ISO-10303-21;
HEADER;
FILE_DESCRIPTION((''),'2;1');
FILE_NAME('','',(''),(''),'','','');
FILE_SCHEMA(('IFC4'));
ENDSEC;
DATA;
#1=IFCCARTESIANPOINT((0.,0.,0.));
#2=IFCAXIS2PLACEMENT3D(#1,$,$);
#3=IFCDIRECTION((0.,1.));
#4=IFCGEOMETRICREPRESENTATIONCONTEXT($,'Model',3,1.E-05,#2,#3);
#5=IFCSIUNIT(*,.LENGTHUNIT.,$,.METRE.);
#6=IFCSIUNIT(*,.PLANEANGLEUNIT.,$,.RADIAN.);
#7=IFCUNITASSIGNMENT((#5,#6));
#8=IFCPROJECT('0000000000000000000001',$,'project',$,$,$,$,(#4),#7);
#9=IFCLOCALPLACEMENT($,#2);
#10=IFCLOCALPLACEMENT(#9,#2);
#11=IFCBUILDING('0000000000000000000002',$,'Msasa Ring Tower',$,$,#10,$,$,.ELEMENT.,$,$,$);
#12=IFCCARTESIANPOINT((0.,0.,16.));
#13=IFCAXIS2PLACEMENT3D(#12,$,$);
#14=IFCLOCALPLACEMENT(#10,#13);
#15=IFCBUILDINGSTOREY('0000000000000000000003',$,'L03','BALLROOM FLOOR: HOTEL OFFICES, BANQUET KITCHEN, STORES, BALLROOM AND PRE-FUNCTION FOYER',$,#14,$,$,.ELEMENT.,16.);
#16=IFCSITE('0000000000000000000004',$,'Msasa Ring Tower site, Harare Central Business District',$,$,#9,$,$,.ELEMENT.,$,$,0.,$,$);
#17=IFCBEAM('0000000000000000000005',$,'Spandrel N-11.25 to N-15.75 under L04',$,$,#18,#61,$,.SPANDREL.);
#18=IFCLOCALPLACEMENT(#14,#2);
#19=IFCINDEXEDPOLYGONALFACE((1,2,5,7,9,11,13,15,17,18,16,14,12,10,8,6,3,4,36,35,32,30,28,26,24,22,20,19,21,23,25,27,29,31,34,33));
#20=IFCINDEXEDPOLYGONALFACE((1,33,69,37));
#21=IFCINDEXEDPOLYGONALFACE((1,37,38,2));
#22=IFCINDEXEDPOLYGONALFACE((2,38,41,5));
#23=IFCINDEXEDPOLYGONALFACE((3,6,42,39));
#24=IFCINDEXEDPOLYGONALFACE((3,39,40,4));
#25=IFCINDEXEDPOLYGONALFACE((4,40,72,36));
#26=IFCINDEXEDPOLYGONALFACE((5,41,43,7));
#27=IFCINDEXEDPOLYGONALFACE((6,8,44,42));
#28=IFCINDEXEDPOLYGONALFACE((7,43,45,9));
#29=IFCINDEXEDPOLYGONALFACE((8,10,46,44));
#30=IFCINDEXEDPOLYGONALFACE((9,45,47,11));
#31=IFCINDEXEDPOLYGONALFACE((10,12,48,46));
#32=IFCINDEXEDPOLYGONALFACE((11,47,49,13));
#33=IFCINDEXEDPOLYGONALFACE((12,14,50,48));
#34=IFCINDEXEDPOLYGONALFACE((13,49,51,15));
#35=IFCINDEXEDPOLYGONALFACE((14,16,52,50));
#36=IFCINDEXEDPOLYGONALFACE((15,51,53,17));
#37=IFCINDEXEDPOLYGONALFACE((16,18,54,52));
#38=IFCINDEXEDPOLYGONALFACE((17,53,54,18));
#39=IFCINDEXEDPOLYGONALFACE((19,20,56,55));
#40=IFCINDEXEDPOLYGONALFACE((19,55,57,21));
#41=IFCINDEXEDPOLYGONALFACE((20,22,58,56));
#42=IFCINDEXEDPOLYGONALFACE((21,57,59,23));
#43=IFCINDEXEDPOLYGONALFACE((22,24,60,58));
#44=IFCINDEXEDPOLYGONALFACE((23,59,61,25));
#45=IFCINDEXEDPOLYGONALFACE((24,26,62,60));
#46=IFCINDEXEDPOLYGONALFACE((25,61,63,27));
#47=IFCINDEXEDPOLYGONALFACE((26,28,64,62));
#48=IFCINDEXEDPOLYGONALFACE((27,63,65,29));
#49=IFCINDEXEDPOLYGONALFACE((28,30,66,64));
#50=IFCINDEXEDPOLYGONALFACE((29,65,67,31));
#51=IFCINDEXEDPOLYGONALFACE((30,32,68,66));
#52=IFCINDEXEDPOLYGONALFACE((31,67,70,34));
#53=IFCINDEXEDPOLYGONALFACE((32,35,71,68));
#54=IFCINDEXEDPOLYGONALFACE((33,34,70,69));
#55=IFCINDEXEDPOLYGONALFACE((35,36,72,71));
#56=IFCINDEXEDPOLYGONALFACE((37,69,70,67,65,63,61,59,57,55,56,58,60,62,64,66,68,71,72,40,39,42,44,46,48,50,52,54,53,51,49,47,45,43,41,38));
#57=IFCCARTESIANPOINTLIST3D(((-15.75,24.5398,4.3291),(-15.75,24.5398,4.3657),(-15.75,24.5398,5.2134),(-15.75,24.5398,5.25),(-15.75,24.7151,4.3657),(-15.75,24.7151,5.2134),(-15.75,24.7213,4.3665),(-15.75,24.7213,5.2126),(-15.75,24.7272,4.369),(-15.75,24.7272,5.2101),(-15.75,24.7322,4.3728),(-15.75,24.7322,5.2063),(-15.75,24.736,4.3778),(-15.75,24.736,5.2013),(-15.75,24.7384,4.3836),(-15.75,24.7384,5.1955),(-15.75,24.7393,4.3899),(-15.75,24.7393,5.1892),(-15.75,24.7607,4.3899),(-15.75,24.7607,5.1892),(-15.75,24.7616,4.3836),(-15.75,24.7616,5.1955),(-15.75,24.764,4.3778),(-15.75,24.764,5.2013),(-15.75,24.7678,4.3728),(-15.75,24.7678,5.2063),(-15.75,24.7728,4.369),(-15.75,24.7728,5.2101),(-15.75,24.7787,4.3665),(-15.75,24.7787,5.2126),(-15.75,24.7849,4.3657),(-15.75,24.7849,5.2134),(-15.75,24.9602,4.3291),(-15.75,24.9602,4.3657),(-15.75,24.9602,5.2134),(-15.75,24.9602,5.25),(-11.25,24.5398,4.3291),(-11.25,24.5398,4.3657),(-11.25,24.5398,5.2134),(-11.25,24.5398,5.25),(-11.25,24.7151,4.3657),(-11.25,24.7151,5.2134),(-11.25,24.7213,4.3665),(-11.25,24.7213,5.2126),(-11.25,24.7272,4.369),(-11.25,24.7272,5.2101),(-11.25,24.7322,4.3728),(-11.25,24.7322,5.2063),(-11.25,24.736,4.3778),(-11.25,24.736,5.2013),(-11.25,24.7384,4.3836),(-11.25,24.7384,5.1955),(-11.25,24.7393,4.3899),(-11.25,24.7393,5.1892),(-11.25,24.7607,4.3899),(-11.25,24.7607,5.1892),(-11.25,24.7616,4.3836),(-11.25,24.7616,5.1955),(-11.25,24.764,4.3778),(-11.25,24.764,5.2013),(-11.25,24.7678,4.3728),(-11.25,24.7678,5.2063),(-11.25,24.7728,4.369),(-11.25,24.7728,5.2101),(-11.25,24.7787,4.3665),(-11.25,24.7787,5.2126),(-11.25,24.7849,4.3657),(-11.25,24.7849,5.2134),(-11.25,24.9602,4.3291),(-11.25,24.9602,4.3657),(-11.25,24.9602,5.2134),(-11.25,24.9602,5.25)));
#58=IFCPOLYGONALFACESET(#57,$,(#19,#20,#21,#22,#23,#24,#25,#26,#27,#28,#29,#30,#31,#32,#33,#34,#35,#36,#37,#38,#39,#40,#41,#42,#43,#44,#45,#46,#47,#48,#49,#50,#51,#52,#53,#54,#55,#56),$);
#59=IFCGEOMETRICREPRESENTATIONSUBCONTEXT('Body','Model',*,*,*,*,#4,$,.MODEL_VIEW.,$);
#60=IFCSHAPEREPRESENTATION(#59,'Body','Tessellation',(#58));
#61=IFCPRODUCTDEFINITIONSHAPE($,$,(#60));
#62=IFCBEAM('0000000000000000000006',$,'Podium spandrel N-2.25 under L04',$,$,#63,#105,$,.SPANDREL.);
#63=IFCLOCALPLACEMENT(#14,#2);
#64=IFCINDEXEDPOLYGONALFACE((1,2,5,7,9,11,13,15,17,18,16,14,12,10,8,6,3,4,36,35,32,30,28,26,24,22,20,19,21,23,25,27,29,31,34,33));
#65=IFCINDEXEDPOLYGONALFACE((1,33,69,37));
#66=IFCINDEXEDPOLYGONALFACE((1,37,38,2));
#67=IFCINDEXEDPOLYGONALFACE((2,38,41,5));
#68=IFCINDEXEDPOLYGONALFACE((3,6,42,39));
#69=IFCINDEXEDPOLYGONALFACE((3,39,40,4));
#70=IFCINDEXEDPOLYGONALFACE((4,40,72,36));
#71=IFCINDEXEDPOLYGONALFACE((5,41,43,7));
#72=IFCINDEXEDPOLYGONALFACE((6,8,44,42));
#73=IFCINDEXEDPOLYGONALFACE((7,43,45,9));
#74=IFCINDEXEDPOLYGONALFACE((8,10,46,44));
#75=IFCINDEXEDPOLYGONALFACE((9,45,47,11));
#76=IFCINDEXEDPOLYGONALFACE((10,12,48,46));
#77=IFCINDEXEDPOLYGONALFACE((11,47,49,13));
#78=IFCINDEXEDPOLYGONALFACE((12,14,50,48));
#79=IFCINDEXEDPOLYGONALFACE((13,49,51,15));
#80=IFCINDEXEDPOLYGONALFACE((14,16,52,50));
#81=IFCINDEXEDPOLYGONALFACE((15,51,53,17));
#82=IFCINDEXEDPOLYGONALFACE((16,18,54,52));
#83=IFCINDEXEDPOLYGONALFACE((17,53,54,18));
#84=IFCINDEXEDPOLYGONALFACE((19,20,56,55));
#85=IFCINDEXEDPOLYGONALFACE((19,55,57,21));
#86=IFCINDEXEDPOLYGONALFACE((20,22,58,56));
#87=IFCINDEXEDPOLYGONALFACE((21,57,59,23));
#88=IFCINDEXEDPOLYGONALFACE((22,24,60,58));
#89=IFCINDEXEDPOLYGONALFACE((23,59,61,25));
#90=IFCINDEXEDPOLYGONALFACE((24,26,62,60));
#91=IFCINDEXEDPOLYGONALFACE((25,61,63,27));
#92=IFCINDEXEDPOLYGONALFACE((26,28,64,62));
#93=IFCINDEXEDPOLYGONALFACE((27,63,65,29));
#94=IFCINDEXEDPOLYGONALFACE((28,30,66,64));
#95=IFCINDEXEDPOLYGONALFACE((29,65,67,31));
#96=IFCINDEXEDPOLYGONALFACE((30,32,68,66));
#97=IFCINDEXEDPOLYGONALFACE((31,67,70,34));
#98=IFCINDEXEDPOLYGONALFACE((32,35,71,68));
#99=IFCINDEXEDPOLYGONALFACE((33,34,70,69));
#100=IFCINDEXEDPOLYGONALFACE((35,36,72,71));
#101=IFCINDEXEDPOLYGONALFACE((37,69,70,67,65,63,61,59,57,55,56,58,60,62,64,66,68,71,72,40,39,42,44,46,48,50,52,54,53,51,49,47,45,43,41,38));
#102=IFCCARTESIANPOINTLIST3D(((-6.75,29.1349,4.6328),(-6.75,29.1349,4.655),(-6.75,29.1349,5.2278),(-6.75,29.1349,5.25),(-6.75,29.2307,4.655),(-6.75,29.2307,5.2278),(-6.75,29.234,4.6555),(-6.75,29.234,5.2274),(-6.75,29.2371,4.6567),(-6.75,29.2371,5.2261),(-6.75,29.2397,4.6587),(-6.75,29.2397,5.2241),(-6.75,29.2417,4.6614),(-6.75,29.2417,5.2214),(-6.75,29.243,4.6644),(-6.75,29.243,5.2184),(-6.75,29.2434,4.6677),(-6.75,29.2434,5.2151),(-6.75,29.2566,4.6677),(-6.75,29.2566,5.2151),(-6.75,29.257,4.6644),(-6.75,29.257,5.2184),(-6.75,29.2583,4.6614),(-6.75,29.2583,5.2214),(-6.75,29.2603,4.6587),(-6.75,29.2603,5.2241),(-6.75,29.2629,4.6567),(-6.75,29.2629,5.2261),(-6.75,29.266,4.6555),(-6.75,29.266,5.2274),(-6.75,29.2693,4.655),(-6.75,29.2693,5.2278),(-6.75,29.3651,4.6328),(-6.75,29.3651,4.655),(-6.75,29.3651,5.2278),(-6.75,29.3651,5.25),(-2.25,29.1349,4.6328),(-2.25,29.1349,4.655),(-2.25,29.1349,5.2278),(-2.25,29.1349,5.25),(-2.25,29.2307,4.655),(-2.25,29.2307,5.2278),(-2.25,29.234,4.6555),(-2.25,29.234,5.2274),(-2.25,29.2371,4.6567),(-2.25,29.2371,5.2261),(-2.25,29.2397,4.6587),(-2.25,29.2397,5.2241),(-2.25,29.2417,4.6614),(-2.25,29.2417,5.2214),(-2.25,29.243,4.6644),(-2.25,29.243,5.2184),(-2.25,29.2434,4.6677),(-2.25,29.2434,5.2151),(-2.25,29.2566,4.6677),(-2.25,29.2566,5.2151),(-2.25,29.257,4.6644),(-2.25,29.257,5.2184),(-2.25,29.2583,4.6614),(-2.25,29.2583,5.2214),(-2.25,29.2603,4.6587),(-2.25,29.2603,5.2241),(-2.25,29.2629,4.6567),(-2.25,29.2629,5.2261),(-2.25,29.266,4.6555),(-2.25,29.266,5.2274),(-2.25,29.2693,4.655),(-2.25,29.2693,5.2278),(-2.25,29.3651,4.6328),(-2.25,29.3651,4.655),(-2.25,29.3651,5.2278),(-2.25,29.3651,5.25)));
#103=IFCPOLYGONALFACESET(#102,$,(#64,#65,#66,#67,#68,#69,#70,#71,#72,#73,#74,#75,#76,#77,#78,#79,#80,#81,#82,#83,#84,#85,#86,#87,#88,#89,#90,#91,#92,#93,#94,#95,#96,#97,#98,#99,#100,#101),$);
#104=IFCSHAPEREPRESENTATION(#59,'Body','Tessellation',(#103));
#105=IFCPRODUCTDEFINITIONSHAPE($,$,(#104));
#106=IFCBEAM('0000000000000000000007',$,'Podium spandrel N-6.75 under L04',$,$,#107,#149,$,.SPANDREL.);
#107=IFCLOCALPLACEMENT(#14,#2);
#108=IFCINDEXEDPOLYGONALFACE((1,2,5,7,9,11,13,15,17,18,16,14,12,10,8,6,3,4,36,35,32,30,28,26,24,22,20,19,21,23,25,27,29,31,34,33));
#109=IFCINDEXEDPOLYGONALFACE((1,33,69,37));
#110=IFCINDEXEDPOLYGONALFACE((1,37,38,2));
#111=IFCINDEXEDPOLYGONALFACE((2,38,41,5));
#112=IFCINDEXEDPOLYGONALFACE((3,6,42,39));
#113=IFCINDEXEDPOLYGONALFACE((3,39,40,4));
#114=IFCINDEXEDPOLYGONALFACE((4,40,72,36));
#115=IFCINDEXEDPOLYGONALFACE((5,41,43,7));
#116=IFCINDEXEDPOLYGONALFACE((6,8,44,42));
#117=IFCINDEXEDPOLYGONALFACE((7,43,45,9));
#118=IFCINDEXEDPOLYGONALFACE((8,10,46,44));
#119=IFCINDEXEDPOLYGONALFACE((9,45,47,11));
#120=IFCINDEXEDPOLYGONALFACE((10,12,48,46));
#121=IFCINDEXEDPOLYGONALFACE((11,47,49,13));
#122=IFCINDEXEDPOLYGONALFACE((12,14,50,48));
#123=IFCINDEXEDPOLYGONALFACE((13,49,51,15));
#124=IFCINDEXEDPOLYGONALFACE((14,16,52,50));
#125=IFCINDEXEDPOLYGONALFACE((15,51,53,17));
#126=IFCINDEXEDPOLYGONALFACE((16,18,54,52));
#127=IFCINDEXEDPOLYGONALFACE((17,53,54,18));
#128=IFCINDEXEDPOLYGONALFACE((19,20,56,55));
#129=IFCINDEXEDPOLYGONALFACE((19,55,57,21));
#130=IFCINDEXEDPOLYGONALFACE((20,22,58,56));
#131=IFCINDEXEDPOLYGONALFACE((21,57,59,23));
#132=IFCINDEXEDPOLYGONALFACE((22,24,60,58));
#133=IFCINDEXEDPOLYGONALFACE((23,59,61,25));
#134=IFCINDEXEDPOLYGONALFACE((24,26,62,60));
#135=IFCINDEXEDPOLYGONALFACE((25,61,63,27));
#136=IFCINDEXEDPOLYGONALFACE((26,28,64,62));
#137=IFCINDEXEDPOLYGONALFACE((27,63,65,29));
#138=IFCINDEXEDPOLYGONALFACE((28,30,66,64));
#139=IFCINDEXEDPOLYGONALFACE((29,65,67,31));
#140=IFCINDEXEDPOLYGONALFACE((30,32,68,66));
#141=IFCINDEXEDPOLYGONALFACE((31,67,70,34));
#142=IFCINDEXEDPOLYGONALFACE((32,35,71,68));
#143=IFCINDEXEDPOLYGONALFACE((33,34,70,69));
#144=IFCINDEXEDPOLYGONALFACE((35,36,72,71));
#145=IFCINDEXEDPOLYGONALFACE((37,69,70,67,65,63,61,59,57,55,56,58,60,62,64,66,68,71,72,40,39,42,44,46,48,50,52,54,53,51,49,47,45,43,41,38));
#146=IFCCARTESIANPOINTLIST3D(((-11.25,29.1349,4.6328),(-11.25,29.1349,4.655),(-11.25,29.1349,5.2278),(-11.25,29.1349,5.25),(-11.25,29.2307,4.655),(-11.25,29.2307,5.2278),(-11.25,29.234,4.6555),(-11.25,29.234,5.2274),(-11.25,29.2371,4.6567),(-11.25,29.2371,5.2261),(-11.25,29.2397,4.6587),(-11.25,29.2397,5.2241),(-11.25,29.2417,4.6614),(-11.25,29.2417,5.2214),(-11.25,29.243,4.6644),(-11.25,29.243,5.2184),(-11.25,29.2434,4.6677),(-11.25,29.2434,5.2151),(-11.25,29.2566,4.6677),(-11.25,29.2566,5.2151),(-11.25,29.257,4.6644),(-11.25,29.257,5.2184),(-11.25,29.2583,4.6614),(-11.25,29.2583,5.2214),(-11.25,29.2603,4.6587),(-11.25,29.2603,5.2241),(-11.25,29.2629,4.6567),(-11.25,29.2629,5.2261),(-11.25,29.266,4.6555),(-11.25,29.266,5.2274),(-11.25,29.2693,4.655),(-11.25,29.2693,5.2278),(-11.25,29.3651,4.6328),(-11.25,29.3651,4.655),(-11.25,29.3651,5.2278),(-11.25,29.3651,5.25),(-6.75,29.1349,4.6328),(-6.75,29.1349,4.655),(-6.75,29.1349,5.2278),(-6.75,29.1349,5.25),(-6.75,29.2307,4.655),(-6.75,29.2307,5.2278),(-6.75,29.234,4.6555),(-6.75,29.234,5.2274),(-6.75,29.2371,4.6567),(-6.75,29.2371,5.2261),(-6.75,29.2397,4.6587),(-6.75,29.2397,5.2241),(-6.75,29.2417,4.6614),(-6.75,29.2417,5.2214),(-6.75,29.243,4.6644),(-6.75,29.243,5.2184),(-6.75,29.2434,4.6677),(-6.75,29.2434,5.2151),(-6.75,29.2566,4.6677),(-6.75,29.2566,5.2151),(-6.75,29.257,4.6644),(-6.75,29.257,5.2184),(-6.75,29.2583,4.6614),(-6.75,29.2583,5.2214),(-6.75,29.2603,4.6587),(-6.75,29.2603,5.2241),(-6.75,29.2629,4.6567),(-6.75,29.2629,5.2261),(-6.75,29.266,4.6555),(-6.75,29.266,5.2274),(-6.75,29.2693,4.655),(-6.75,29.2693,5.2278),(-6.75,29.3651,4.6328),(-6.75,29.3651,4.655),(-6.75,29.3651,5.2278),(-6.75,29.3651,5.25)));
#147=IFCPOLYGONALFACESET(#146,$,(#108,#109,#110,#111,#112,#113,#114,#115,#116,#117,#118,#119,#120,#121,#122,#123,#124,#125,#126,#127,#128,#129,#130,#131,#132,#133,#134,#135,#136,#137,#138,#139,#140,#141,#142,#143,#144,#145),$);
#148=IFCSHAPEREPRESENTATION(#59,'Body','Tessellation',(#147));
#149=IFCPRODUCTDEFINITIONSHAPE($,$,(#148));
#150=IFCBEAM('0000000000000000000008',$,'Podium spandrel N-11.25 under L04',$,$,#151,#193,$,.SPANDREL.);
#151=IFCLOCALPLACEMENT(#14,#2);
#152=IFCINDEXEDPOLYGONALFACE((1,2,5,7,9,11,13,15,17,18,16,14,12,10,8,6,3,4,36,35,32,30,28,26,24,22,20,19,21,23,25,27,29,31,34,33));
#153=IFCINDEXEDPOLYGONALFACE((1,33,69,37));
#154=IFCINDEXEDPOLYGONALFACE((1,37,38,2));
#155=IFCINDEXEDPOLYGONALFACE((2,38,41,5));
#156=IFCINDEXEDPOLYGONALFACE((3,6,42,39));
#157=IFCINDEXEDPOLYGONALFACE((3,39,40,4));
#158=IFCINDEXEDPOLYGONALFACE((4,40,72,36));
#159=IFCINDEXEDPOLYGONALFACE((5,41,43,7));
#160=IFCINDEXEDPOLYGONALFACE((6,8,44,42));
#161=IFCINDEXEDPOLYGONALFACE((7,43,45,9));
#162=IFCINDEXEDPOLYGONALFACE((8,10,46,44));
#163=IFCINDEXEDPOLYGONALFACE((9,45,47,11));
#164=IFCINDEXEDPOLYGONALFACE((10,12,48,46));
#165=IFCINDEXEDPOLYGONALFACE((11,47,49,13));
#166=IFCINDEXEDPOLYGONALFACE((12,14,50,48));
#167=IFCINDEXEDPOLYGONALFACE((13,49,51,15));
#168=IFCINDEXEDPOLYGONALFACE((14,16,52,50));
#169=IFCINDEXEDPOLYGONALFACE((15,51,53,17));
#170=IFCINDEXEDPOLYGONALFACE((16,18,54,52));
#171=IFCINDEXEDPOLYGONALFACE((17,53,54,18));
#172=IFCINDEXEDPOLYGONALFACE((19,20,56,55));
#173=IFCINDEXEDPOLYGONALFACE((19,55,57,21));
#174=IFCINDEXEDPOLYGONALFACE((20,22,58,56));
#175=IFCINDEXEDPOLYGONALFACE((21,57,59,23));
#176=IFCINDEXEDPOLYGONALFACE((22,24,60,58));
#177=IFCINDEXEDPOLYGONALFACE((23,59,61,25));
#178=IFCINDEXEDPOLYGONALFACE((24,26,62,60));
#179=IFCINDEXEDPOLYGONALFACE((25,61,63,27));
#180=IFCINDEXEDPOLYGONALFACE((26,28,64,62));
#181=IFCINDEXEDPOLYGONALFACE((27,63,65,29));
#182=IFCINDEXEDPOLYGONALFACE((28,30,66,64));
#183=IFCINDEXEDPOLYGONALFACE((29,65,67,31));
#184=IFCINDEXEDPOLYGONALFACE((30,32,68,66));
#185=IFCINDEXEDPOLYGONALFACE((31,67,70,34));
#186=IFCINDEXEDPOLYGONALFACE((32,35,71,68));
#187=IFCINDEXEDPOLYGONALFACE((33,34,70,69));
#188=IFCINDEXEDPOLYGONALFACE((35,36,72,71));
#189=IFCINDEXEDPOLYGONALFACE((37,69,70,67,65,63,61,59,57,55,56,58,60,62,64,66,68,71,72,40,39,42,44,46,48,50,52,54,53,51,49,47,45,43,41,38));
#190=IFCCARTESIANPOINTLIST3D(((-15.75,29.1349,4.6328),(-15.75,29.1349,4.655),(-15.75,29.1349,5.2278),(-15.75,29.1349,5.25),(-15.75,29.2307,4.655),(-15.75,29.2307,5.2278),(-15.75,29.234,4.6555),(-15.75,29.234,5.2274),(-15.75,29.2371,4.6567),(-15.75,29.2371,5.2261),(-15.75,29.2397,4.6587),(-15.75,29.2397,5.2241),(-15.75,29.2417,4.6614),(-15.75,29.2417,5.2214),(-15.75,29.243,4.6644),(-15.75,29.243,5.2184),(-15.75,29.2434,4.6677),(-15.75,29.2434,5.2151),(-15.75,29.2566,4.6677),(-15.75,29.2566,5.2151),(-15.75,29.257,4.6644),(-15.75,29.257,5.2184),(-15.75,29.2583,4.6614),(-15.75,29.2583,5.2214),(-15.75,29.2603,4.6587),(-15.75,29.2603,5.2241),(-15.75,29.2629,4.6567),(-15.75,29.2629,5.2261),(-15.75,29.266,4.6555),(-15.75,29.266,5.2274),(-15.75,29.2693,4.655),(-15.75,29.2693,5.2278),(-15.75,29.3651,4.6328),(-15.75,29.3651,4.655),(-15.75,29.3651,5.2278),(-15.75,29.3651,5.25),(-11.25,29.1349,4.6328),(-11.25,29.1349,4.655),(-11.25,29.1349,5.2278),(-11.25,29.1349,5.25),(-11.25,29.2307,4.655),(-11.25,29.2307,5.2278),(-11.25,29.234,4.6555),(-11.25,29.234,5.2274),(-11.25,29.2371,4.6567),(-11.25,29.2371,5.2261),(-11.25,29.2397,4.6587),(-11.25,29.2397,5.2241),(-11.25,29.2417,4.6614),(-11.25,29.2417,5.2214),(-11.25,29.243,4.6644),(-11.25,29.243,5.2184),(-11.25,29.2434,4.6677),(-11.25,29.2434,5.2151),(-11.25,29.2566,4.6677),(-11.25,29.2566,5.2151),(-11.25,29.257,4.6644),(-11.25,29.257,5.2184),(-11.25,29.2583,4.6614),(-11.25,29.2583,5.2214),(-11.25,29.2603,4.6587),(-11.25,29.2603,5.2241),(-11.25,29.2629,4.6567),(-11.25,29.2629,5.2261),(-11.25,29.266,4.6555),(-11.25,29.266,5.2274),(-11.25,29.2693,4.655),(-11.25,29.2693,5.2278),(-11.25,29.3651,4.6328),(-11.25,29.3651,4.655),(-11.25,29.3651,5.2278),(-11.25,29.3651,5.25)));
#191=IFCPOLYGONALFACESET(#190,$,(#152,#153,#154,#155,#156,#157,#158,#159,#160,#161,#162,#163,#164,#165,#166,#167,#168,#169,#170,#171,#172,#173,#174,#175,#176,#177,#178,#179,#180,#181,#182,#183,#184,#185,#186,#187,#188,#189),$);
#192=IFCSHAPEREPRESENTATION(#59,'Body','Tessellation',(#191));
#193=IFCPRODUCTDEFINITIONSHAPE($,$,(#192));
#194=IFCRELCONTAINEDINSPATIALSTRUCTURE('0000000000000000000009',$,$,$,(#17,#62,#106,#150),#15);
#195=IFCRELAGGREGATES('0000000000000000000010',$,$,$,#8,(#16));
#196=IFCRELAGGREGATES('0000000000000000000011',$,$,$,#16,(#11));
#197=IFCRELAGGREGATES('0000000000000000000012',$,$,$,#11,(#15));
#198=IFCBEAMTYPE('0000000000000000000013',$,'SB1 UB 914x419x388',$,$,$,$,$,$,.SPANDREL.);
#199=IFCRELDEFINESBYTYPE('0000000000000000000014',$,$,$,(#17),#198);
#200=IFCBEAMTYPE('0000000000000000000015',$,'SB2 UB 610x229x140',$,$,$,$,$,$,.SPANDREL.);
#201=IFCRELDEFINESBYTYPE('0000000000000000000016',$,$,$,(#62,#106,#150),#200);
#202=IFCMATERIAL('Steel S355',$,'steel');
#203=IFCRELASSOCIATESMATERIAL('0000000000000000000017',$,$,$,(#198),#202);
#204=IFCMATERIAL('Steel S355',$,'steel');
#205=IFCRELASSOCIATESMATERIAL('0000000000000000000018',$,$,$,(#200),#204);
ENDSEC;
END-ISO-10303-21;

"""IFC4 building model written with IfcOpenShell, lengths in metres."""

from ifc_helpers import new_model, si_unit, direction, frame, origin, origin_2d, place, context, subcontext, project, spatial, i_section, extrude, material, material_profile, profile_set, type_object, element, save


model = new_model("IFC4")

# Units and contexts
model_context = context("Model", 3, precision=1e-05, world=origin(), true_north=direction((0.0, 1.0)))
body_context = subcontext(model_context, "Body", "Model", "MODEL_VIEW")
ifc_project = project(units=[si_unit("LENGTHUNIT", "METRE"), si_unit("PLANEANGLEUNIT", "RADIAN")], contexts=[model_context])

# Site, building, storey
site_placement = place(None, origin())
site = spatial("IfcSite", under=ifc_project, at=site_placement, Name="Msasa Ring Tower site, Harare Central Business District", CompositionType="ELEMENT", RefElevation=0.0)
building_placement = place(site_placement, origin())
building = spatial("IfcBuilding", under=site, at=building_placement, Name="Msasa Ring Tower", CompositionType="ELEMENT")
storey_placement = place(building_placement, frame((0.0, 0.0, 16.0)))
storey = spatial("IfcBuildingStorey", under=building, at=storey_placement, Name="L03", Description="BALLROOM FLOOR: HOTEL OFFICES, BANQUET KITCHEN, STORES, BALLROOM AND PRE-FUNCTION FOYER", CompositionType="ELEMENT", Elevation=16.0)

# Beams
ifc_material_1 = material(Name="Steel S355", Category="steel")
ifc_material_profile_1 = material_profile(ifc_material_1, i_section(OverallWidth=0.4204, OverallDepth=0.9209, WebThickness=0.0215, FlangeThickness=0.0366, FilletRadius=0.0242, at=origin_2d()), Name="UB 914x419x388")
ifc_profile_set_1 = profile_set([ifc_material_profile_1], Name="Steel S355")
beam_type_1 = type_object("IfcBeamType", Name="SB1 UB 914x419x388", PredefinedType="SPANDREL", material=ifc_profile_set_1)
for number, where, z_axis, x_axis, name in (
    (1, (-11.25, 24.75, 4.7896), (-1.0, 0.0, 0.0), (0.0, -1.0, 0.0), "Spandrel N-11.25 to N-15.75 under L04"),
):
    element("IfcBeam", number, at=place(storey_placement, frame(where, z_axis=z_axis, x_axis=x_axis)), inside=storey, type_object=beam_type_1, Name=name, PredefinedType="SPANDREL", context=body_context, shape_type="SweptSolid", body=[
        extrude(i_section(OverallWidth=0.4204, OverallDepth=0.9209, WebThickness=0.0215, FlangeThickness=0.0366, FilletRadius=0.0242, at=origin_2d()), origin(), (0.0, 0.0, 1.0), 4.5),
    ])
ifc_material_2 = material(Name="Steel S355", Category="steel")
ifc_material_profile_2 = material_profile(ifc_material_2, i_section(OverallWidth=0.2302, OverallDepth=0.6172, WebThickness=0.0132, FlangeThickness=0.0222, FilletRadius=0.0127, at=origin_2d()), Name="UB 610x229x140")
ifc_profile_set_2 = profile_set([ifc_material_profile_2], Name="Steel S355")
beam_type_2 = type_object("IfcBeamType", Name="SB2 UB 610x229x140", PredefinedType="SPANDREL", material=ifc_profile_set_2)
for number, where, z_axis, x_axis, name in (
    (2, (-2.25, 29.25, 4.9414), (-1.0, 0.0, 0.0), (0.0, -1.0, 0.0), "Podium spandrel N-2.25 under L04"),
    (3, (-6.75, 29.25, 4.9414), (-1.0, 0.0, 0.0), (0.0, -1.0, 0.0), "Podium spandrel N-6.75 under L04"),
    (4, (-11.25, 29.25, 4.9414), (-1.0, 0.0, 0.0), (0.0, -1.0, 0.0), "Podium spandrel N-11.25 under L04"),
):
    element("IfcBeam", number, at=place(storey_placement, frame(where, z_axis=z_axis, x_axis=x_axis)), inside=storey, type_object=beam_type_2, Name=name, PredefinedType="SPANDREL", context=body_context, shape_type="SweptSolid", body=[
        extrude(i_section(OverallWidth=0.2302, OverallDepth=0.6172, WebThickness=0.0132, FlangeThickness=0.0222, FilletRadius=0.0127, at=origin_2d()), origin(), (0.0, 0.0, 1.0), 4.5),
    ])

save(model, "model.ifc")
